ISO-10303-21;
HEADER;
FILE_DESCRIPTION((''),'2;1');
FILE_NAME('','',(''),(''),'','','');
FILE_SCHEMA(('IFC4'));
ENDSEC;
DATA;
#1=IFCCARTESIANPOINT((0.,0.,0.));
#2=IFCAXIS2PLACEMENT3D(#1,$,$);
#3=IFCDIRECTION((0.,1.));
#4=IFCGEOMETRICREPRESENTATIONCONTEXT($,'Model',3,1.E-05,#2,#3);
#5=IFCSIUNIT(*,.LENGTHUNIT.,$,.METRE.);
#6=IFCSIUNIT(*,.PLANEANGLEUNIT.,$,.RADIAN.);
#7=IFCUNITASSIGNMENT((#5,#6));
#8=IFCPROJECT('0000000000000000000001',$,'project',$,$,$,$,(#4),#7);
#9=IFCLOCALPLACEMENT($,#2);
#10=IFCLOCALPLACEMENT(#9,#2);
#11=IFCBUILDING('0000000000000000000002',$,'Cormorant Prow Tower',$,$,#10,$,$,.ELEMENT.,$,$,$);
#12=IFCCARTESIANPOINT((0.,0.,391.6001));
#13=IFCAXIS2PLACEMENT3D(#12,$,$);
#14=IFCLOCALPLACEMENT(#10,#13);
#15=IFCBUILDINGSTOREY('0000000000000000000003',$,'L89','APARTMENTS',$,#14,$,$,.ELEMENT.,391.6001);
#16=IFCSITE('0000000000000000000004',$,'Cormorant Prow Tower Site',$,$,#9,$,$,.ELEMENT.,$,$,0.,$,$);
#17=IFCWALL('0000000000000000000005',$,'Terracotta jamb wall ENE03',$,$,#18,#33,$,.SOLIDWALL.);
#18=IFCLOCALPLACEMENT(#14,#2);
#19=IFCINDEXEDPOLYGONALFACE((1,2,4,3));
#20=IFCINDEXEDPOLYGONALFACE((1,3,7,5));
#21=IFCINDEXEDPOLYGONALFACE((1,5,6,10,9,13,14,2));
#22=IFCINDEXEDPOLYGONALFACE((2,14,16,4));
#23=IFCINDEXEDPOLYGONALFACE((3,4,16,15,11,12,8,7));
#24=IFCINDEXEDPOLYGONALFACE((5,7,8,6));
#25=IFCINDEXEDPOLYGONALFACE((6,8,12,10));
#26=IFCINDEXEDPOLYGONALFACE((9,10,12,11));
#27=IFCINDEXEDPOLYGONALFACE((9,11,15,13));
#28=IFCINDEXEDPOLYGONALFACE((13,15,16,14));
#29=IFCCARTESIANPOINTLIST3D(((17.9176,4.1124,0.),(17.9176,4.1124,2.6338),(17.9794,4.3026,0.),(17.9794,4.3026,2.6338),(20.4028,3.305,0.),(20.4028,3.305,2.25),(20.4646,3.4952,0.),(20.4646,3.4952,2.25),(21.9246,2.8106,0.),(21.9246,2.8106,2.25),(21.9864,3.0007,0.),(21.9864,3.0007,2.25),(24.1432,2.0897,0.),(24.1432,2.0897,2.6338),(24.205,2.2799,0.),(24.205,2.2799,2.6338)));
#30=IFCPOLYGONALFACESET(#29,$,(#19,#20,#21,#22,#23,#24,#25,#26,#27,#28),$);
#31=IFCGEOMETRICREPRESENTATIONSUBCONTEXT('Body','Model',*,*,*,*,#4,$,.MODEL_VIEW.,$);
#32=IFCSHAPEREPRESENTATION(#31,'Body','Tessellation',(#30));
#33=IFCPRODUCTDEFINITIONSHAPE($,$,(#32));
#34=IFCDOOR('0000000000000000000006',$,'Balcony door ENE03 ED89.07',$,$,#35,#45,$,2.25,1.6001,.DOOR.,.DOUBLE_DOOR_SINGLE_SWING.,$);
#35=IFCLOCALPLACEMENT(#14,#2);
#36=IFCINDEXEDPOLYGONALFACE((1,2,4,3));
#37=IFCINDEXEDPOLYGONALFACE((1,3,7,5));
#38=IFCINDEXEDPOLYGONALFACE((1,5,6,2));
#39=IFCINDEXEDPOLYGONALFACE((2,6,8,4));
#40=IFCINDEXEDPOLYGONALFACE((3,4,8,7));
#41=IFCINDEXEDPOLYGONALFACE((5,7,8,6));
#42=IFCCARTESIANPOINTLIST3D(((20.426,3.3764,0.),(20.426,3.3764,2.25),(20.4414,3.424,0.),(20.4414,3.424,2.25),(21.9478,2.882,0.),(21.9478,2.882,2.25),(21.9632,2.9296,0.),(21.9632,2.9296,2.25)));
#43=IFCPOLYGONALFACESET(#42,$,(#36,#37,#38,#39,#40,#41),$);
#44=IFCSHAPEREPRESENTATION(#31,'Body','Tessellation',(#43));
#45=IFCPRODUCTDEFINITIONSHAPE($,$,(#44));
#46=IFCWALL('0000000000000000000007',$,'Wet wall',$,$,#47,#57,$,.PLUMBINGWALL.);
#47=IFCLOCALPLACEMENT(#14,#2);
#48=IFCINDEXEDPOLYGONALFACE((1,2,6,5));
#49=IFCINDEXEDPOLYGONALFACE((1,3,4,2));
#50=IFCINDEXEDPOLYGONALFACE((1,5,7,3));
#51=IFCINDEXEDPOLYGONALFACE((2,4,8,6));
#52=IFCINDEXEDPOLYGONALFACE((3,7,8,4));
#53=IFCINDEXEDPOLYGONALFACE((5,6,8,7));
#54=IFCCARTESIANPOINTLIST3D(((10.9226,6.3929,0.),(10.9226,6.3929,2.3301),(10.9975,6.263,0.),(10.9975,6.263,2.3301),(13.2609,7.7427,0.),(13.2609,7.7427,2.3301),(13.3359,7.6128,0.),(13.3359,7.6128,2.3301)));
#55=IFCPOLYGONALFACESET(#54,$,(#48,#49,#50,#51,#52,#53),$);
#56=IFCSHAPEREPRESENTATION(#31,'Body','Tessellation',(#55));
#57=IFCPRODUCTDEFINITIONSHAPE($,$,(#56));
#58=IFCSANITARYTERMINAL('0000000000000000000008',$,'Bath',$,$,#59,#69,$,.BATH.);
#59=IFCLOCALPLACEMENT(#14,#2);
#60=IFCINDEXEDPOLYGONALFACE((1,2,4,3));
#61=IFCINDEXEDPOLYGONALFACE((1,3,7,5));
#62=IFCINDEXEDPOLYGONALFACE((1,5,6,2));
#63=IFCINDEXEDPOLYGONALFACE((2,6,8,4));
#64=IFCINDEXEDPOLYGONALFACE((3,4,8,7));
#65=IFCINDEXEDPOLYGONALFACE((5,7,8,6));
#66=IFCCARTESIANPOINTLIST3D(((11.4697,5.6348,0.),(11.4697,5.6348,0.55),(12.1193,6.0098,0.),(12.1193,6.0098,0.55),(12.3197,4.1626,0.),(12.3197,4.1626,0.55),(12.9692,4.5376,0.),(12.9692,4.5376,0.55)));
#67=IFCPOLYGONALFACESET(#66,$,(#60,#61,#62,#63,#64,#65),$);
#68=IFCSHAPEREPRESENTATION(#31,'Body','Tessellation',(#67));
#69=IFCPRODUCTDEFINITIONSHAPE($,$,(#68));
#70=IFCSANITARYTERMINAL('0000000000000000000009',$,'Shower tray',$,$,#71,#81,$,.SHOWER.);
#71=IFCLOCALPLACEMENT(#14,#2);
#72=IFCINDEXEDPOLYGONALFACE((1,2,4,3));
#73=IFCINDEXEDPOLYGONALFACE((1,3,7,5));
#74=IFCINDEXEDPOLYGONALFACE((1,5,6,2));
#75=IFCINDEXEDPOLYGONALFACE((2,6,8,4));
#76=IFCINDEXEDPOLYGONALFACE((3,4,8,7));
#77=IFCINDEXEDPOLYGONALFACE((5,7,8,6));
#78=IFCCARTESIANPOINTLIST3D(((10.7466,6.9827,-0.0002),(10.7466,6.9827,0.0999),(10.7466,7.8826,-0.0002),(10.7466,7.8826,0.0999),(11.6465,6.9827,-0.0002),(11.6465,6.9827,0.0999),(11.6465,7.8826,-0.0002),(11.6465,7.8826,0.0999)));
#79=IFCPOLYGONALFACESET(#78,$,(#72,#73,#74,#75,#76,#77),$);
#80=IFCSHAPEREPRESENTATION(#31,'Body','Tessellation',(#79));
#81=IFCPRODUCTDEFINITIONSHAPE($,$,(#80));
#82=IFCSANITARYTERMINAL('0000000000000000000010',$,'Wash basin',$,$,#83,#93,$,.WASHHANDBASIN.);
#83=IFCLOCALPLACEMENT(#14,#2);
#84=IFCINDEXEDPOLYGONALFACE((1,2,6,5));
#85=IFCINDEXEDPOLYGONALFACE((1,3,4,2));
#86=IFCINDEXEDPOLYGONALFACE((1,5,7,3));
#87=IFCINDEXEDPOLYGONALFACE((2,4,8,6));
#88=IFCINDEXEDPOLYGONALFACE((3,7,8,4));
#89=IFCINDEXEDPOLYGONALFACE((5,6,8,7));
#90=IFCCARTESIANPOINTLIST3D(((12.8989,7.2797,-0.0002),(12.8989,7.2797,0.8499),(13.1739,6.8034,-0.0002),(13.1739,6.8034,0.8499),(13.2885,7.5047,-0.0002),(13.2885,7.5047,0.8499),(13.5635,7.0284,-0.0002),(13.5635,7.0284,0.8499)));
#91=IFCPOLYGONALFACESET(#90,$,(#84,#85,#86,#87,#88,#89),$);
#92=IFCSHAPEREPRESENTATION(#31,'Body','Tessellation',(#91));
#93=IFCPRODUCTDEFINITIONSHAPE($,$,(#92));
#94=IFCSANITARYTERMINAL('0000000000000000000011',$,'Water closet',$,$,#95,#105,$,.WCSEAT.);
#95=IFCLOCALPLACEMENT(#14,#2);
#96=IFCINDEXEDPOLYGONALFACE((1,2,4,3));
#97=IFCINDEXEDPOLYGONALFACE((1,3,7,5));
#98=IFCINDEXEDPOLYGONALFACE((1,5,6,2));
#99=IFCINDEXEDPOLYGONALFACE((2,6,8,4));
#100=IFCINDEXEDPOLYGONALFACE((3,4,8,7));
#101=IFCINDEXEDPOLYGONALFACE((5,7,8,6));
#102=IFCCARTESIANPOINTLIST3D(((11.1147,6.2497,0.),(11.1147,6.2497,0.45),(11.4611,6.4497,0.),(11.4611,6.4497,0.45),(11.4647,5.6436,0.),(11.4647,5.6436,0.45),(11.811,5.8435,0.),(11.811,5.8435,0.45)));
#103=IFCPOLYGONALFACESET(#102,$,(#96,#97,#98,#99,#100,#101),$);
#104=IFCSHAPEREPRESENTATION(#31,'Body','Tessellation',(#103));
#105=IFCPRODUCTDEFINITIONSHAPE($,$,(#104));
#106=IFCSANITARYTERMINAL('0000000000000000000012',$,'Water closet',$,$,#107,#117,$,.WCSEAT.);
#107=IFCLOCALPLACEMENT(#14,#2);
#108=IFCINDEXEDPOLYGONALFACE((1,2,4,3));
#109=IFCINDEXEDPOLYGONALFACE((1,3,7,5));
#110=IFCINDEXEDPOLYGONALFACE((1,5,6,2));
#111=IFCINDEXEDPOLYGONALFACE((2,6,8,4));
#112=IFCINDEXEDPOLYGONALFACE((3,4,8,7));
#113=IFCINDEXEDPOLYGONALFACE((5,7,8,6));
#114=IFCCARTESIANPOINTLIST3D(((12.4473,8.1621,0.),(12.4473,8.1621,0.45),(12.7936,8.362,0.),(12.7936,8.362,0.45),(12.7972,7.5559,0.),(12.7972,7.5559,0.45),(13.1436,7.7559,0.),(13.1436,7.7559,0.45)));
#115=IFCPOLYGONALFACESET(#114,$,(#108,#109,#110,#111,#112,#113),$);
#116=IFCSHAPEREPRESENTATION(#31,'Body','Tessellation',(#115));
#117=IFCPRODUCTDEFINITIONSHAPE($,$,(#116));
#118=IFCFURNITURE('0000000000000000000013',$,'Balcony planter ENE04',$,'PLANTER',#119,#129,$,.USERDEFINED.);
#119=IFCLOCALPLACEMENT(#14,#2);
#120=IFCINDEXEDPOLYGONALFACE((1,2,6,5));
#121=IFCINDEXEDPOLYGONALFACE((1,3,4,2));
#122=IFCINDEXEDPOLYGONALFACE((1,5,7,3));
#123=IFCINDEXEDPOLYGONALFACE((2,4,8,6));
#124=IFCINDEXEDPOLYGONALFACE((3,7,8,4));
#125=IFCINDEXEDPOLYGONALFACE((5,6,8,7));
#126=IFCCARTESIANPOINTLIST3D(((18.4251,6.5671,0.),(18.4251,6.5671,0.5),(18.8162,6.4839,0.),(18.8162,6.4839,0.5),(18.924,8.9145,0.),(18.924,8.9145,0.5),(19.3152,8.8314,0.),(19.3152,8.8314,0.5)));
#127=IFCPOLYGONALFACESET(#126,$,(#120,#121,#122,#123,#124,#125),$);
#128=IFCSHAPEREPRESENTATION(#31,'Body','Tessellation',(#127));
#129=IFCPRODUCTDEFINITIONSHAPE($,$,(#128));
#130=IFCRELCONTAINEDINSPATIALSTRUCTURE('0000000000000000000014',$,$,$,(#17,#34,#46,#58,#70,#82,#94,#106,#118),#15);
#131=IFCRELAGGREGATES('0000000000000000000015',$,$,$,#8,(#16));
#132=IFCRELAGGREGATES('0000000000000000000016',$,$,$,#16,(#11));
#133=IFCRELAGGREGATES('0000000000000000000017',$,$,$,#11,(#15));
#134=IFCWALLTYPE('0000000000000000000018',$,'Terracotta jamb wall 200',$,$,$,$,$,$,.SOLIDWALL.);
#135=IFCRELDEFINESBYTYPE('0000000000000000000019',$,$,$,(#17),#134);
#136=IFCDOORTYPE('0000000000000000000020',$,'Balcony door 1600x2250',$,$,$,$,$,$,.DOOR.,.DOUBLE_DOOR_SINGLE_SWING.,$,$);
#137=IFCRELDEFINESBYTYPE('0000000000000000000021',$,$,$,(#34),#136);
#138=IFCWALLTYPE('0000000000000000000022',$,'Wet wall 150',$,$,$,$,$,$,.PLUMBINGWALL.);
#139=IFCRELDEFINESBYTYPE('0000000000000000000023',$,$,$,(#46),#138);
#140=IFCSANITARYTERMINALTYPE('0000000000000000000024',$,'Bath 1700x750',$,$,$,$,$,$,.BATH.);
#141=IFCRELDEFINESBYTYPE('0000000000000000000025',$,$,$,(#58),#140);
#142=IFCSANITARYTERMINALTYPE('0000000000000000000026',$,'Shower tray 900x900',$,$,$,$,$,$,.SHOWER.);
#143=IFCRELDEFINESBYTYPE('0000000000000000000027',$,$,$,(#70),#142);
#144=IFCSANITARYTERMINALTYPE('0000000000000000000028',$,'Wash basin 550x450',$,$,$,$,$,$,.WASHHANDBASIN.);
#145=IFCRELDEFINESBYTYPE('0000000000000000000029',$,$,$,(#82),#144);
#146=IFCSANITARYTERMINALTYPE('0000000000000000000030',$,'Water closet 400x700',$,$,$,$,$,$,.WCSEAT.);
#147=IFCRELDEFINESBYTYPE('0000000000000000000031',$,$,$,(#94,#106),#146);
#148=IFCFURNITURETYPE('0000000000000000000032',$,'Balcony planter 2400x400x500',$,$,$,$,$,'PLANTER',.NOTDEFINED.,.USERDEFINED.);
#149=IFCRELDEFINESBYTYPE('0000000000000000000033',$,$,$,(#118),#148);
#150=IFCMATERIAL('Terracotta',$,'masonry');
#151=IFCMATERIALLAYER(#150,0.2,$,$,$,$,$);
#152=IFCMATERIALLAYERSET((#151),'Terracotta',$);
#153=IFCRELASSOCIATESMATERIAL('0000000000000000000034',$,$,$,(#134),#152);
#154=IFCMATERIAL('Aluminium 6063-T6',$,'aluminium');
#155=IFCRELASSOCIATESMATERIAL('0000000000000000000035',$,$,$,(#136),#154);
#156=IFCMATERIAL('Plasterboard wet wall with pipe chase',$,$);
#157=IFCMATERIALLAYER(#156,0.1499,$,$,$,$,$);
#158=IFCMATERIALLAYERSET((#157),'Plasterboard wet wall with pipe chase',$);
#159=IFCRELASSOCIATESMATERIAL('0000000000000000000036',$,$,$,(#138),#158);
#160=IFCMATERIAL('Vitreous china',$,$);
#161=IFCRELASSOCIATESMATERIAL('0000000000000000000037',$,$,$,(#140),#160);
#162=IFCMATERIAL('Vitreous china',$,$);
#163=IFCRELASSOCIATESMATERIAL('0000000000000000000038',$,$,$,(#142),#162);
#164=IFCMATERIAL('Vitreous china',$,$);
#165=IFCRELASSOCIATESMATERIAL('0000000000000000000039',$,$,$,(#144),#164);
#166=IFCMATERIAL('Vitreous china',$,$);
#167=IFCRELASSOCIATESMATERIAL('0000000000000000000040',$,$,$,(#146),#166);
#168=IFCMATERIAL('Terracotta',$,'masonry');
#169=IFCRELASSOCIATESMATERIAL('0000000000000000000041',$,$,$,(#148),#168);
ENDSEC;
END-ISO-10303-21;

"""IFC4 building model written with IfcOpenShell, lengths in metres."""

from ifc_helpers import new_model, si_unit, direction, frame, frame_2d, origin, origin_2d, place, context, subcontext, project, spatial, rectangle, extrude, material, layer, layer_set, type_object, element, fill, save


model = new_model("IFC4")

# Units and contexts
model_context = context("Model", 3, precision=1e-05, world=origin(), true_north=direction((0.0, 1.0)))
body_context = subcontext(model_context, "Body", "Model", "MODEL_VIEW")
ifc_project = project(units=[si_unit("LENGTHUNIT", "METRE"), si_unit("PLANEANGLEUNIT", "RADIAN")], contexts=[model_context])

# Site, building, storey
site_placement = place(None, origin())
site = spatial("IfcSite", under=ifc_project, at=site_placement, Name="Cormorant Prow Tower Site", CompositionType="ELEMENT", RefElevation=0.0)
building_placement = place(site_placement, origin())
building = spatial("IfcBuilding", under=site, at=building_placement, Name="Cormorant Prow Tower", CompositionType="ELEMENT")
storey_placement = place(building_placement, frame((0.0, 0.0, 391.6001)))
storey = spatial("IfcBuildingStorey", under=building, at=storey_placement, Name="L89", Description="APARTMENTS", CompositionType="ELEMENT", Elevation=391.6001)

# Wall, opening, door
ifc_material_1 = material(Name="Terracotta", Category="masonry")
ifc_layer_1 = layer(ifc_material_1, 0.2)
ifc_layer_set_1 = layer_set([ifc_layer_1], Name="Terracotta")
wall_type_1 = type_object("IfcWallType", Name="Terracotta jamb wall 200", PredefinedType="SOLIDWALL", material=ifc_layer_set_1)
wall_1_placement = place(storey_placement, frame((24.1741, 2.1848, 0.0), z_axis=(0.0, 0.0, 1.0), x_axis=(-0.951061, 0.309002, 0.0)))
wall_1 = element("IfcWall", 1, at=wall_1_placement, inside=storey, type_object=wall_type_1, Name="Terracotta jamb wall ENE03", PredefinedType="SOLIDWALL", context=body_context, shape_type="SweptSolid", body=[
    extrude(rectangle(XDim=6.5459, YDim=0.2, at=frame_2d((3.2729, 0.0))), origin(), (0.0, 0.0, 1.0), 2.6338),
])
opening_1_placement = place(wall_1_placement, frame((2.3328, 0.0, 0.0)))
opening_1 = element("IfcOpeningElement", 2, at=opening_1_placement, cuts=wall_1, PredefinedType="OPENING", context=body_context, shape_type="SweptSolid", body=[
    extrude(rectangle(XDim=1.6001, YDim=2.25, at=frame_2d((0.8, 1.125))), frame((0.0, 0.1099, 0.0), z_axis=(0.0, -1.0, 0.0), x_axis=(1.0, 0.0, 0.0)), (0.0, 0.0, 1.0), 0.22),
])
ifc_material_2 = material(Name="Aluminium 6063-T6", Category="aluminium")
door_type_1 = type_object("IfcDoorType", Name="Balcony door 1600x2250", OperationType="DOUBLE_DOOR_SINGLE_SWING", PredefinedType="DOOR", material=ifc_material_2)
door_1_placement = place(opening_1_placement, origin())
door_1 = element("IfcDoor", 3, at=door_1_placement, inside=storey, type_object=door_type_1, Name="Balcony door ENE03 ED89.07", OperationType="DOUBLE_DOOR_SINGLE_SWING", OverallHeight=2.25, OverallWidth=1.6001, PredefinedType="DOOR", context=body_context, shape_type="SweptSolid", body=[
    extrude(rectangle(XDim=1.6001, YDim=2.25, at=frame_2d((0.8, 1.125))), frame((0.0, 0.0249, 0.0), z_axis=(0.0, -1.0, 0.0), x_axis=(1.0, 0.0, 0.0)), (0.0, 0.0, 1.0), 0.05),
])
fill(opening_1, door_1)

# Wall
ifc_material_3 = material(Name="Plasterboard wet wall with pipe chase")
ifc_layer_2 = layer(ifc_material_3, 0.1499)
ifc_layer_set_2 = layer_set([ifc_layer_2], Name="Plasterboard wet wall with pipe chase")
wall_type_2 = type_object("IfcWallType", Name="Wet wall 150", PredefinedType="PLUMBINGWALL", material=ifc_layer_set_2)
wall_2_placement = place(storey_placement, frame((10.96, 6.3279, 0.0), z_axis=(0.0, 0.0, 1.0), x_axis=(0.866059, 0.499942, 0.0)))
element("IfcWall", 4, at=wall_2_placement, inside=storey, type_object=wall_type_2, Name="Wet wall", PredefinedType="PLUMBINGWALL", context=body_context, shape_type="SweptSolid", body=[
    extrude(rectangle(XDim=2.7, YDim=0.1499, at=frame_2d((1.3501, 0.0))), origin(), (0.0, 0.0, 1.0), 2.3301),
])

# Sanitary terminals
ifc_material_4 = material(Name="Vitreous china")
sanitary_terminal_type_1 = type_object("IfcSanitaryTerminalType", Name="Bath 1700x750", PredefinedType="BATH", material=ifc_material_4)
sanitary_terminal_1_placement = place(storey_placement, frame((12.2195, 5.0862, 0.0), z_axis=(0.0, 0.0, 1.0), x_axis=(-0.5, 0.866025, 0.0)))
element("IfcSanitaryTerminal", 5, at=sanitary_terminal_1_placement, inside=storey, type_object=sanitary_terminal_type_1, Name="Bath", PredefinedType="BATH", context=body_context, shape_type="SweptSolid", body=[
    extrude(rectangle(XDim=1.7, YDim=0.75, at=origin_2d()), origin(), (0.0, 0.0, 1.0), 0.55),
])
ifc_material_5 = material(Name="Vitreous china")
sanitary_terminal_type_2 = type_object("IfcSanitaryTerminalType", Name="Shower tray 900x900", PredefinedType="SHOWER", material=ifc_material_5)
sanitary_terminal_2_placement = place(storey_placement, frame((11.1965, 7.4326, -0.0002), z_axis=(0.0, 0.0, 1.0), x_axis=(1.0, 0.0, 0.0)))
element("IfcSanitaryTerminal", 6, at=sanitary_terminal_2_placement, inside=storey, type_object=sanitary_terminal_type_2, Name="Shower tray", PredefinedType="SHOWER", context=body_context, shape_type="SweptSolid", body=[
    extrude(rectangle(XDim=0.8999, YDim=0.8999, at=origin_2d()), origin(), (0.0, 0.0, 1.0), 0.1001),
])
ifc_material_6 = material(Name="Vitreous china")
sanitary_terminal_type_3 = type_object("IfcSanitaryTerminalType", Name="Wash basin 550x450", PredefinedType="WASHHANDBASIN", material=ifc_material_6)
sanitary_terminal_3_placement = place(storey_placement, frame((13.2312, 7.1541, -0.0002), z_axis=(0.0, 0.0, 1.0), x_axis=(0.5, -0.866025, 0.0)))
element("IfcSanitaryTerminal", 7, at=sanitary_terminal_3_placement, inside=storey, type_object=sanitary_terminal_type_3, Name="Wash basin", PredefinedType="WASHHANDBASIN", context=body_context, shape_type="SweptSolid", body=[
    extrude(rectangle(XDim=0.55, YDim=0.45, at=origin_2d()), origin(), (0.0, 0.0, 1.0), 0.8501),
])
ifc_material_7 = material(Name="Vitreous china")
sanitary_terminal_type_4 = type_object("IfcSanitaryTerminalType", Name="Water closet 400x700", PredefinedType="WCSEAT", material=ifc_material_7)
for number, where, z_axis, x_axis, name in (
    (8, (11.4629, 6.0466, 0.0), (0.0, 0.0, 1.0), (0.866025, 0.5, 0.0), "Water closet"),
    (9, (12.7954, 7.959, 0.0), (0.0, 0.0, 1.0), (-0.866025, -0.5, 0.0), "Water closet"),
):
    element("IfcSanitaryTerminal", number, at=place(storey_placement, frame(where, z_axis=z_axis, x_axis=x_axis)), inside=storey, type_object=sanitary_terminal_type_4, Name=name, PredefinedType="WCSEAT", context=body_context, shape_type="SweptSolid", body=[
        extrude(rectangle(XDim=0.3999, YDim=0.7, at=origin_2d()), origin(), (0.0, 0.0, 1.0), 0.45),
    ])

# Furniture
ifc_material_8 = material(Name="Terracotta", Category="masonry")
furniture_type = type_object("IfcFurnitureType", Name="Balcony planter 2400x400x500", ElementType="PLANTER", AssemblyPlace="NOTDEFINED", PredefinedType="USERDEFINED", material=ifc_material_8)
furniture_placement = place(storey_placement, frame((18.8701, 7.6992, 0.0), z_axis=(0.0, 0.0, 1.0), x_axis=(0.207912, 0.978148, 0.0)))
element("IfcFurniture", 10, at=furniture_placement, inside=storey, type_object=furniture_type, Name="Balcony planter ENE04", ObjectType="PLANTER", PredefinedType="USERDEFINED", context=body_context, shape_type="SweptSolid", body=[
    extrude(rectangle(XDim=2.3999, YDim=0.3999, at=origin_2d()), origin(), (0.0, 0.0, 1.0), 0.5),
])

save(model, "model.ifc")
